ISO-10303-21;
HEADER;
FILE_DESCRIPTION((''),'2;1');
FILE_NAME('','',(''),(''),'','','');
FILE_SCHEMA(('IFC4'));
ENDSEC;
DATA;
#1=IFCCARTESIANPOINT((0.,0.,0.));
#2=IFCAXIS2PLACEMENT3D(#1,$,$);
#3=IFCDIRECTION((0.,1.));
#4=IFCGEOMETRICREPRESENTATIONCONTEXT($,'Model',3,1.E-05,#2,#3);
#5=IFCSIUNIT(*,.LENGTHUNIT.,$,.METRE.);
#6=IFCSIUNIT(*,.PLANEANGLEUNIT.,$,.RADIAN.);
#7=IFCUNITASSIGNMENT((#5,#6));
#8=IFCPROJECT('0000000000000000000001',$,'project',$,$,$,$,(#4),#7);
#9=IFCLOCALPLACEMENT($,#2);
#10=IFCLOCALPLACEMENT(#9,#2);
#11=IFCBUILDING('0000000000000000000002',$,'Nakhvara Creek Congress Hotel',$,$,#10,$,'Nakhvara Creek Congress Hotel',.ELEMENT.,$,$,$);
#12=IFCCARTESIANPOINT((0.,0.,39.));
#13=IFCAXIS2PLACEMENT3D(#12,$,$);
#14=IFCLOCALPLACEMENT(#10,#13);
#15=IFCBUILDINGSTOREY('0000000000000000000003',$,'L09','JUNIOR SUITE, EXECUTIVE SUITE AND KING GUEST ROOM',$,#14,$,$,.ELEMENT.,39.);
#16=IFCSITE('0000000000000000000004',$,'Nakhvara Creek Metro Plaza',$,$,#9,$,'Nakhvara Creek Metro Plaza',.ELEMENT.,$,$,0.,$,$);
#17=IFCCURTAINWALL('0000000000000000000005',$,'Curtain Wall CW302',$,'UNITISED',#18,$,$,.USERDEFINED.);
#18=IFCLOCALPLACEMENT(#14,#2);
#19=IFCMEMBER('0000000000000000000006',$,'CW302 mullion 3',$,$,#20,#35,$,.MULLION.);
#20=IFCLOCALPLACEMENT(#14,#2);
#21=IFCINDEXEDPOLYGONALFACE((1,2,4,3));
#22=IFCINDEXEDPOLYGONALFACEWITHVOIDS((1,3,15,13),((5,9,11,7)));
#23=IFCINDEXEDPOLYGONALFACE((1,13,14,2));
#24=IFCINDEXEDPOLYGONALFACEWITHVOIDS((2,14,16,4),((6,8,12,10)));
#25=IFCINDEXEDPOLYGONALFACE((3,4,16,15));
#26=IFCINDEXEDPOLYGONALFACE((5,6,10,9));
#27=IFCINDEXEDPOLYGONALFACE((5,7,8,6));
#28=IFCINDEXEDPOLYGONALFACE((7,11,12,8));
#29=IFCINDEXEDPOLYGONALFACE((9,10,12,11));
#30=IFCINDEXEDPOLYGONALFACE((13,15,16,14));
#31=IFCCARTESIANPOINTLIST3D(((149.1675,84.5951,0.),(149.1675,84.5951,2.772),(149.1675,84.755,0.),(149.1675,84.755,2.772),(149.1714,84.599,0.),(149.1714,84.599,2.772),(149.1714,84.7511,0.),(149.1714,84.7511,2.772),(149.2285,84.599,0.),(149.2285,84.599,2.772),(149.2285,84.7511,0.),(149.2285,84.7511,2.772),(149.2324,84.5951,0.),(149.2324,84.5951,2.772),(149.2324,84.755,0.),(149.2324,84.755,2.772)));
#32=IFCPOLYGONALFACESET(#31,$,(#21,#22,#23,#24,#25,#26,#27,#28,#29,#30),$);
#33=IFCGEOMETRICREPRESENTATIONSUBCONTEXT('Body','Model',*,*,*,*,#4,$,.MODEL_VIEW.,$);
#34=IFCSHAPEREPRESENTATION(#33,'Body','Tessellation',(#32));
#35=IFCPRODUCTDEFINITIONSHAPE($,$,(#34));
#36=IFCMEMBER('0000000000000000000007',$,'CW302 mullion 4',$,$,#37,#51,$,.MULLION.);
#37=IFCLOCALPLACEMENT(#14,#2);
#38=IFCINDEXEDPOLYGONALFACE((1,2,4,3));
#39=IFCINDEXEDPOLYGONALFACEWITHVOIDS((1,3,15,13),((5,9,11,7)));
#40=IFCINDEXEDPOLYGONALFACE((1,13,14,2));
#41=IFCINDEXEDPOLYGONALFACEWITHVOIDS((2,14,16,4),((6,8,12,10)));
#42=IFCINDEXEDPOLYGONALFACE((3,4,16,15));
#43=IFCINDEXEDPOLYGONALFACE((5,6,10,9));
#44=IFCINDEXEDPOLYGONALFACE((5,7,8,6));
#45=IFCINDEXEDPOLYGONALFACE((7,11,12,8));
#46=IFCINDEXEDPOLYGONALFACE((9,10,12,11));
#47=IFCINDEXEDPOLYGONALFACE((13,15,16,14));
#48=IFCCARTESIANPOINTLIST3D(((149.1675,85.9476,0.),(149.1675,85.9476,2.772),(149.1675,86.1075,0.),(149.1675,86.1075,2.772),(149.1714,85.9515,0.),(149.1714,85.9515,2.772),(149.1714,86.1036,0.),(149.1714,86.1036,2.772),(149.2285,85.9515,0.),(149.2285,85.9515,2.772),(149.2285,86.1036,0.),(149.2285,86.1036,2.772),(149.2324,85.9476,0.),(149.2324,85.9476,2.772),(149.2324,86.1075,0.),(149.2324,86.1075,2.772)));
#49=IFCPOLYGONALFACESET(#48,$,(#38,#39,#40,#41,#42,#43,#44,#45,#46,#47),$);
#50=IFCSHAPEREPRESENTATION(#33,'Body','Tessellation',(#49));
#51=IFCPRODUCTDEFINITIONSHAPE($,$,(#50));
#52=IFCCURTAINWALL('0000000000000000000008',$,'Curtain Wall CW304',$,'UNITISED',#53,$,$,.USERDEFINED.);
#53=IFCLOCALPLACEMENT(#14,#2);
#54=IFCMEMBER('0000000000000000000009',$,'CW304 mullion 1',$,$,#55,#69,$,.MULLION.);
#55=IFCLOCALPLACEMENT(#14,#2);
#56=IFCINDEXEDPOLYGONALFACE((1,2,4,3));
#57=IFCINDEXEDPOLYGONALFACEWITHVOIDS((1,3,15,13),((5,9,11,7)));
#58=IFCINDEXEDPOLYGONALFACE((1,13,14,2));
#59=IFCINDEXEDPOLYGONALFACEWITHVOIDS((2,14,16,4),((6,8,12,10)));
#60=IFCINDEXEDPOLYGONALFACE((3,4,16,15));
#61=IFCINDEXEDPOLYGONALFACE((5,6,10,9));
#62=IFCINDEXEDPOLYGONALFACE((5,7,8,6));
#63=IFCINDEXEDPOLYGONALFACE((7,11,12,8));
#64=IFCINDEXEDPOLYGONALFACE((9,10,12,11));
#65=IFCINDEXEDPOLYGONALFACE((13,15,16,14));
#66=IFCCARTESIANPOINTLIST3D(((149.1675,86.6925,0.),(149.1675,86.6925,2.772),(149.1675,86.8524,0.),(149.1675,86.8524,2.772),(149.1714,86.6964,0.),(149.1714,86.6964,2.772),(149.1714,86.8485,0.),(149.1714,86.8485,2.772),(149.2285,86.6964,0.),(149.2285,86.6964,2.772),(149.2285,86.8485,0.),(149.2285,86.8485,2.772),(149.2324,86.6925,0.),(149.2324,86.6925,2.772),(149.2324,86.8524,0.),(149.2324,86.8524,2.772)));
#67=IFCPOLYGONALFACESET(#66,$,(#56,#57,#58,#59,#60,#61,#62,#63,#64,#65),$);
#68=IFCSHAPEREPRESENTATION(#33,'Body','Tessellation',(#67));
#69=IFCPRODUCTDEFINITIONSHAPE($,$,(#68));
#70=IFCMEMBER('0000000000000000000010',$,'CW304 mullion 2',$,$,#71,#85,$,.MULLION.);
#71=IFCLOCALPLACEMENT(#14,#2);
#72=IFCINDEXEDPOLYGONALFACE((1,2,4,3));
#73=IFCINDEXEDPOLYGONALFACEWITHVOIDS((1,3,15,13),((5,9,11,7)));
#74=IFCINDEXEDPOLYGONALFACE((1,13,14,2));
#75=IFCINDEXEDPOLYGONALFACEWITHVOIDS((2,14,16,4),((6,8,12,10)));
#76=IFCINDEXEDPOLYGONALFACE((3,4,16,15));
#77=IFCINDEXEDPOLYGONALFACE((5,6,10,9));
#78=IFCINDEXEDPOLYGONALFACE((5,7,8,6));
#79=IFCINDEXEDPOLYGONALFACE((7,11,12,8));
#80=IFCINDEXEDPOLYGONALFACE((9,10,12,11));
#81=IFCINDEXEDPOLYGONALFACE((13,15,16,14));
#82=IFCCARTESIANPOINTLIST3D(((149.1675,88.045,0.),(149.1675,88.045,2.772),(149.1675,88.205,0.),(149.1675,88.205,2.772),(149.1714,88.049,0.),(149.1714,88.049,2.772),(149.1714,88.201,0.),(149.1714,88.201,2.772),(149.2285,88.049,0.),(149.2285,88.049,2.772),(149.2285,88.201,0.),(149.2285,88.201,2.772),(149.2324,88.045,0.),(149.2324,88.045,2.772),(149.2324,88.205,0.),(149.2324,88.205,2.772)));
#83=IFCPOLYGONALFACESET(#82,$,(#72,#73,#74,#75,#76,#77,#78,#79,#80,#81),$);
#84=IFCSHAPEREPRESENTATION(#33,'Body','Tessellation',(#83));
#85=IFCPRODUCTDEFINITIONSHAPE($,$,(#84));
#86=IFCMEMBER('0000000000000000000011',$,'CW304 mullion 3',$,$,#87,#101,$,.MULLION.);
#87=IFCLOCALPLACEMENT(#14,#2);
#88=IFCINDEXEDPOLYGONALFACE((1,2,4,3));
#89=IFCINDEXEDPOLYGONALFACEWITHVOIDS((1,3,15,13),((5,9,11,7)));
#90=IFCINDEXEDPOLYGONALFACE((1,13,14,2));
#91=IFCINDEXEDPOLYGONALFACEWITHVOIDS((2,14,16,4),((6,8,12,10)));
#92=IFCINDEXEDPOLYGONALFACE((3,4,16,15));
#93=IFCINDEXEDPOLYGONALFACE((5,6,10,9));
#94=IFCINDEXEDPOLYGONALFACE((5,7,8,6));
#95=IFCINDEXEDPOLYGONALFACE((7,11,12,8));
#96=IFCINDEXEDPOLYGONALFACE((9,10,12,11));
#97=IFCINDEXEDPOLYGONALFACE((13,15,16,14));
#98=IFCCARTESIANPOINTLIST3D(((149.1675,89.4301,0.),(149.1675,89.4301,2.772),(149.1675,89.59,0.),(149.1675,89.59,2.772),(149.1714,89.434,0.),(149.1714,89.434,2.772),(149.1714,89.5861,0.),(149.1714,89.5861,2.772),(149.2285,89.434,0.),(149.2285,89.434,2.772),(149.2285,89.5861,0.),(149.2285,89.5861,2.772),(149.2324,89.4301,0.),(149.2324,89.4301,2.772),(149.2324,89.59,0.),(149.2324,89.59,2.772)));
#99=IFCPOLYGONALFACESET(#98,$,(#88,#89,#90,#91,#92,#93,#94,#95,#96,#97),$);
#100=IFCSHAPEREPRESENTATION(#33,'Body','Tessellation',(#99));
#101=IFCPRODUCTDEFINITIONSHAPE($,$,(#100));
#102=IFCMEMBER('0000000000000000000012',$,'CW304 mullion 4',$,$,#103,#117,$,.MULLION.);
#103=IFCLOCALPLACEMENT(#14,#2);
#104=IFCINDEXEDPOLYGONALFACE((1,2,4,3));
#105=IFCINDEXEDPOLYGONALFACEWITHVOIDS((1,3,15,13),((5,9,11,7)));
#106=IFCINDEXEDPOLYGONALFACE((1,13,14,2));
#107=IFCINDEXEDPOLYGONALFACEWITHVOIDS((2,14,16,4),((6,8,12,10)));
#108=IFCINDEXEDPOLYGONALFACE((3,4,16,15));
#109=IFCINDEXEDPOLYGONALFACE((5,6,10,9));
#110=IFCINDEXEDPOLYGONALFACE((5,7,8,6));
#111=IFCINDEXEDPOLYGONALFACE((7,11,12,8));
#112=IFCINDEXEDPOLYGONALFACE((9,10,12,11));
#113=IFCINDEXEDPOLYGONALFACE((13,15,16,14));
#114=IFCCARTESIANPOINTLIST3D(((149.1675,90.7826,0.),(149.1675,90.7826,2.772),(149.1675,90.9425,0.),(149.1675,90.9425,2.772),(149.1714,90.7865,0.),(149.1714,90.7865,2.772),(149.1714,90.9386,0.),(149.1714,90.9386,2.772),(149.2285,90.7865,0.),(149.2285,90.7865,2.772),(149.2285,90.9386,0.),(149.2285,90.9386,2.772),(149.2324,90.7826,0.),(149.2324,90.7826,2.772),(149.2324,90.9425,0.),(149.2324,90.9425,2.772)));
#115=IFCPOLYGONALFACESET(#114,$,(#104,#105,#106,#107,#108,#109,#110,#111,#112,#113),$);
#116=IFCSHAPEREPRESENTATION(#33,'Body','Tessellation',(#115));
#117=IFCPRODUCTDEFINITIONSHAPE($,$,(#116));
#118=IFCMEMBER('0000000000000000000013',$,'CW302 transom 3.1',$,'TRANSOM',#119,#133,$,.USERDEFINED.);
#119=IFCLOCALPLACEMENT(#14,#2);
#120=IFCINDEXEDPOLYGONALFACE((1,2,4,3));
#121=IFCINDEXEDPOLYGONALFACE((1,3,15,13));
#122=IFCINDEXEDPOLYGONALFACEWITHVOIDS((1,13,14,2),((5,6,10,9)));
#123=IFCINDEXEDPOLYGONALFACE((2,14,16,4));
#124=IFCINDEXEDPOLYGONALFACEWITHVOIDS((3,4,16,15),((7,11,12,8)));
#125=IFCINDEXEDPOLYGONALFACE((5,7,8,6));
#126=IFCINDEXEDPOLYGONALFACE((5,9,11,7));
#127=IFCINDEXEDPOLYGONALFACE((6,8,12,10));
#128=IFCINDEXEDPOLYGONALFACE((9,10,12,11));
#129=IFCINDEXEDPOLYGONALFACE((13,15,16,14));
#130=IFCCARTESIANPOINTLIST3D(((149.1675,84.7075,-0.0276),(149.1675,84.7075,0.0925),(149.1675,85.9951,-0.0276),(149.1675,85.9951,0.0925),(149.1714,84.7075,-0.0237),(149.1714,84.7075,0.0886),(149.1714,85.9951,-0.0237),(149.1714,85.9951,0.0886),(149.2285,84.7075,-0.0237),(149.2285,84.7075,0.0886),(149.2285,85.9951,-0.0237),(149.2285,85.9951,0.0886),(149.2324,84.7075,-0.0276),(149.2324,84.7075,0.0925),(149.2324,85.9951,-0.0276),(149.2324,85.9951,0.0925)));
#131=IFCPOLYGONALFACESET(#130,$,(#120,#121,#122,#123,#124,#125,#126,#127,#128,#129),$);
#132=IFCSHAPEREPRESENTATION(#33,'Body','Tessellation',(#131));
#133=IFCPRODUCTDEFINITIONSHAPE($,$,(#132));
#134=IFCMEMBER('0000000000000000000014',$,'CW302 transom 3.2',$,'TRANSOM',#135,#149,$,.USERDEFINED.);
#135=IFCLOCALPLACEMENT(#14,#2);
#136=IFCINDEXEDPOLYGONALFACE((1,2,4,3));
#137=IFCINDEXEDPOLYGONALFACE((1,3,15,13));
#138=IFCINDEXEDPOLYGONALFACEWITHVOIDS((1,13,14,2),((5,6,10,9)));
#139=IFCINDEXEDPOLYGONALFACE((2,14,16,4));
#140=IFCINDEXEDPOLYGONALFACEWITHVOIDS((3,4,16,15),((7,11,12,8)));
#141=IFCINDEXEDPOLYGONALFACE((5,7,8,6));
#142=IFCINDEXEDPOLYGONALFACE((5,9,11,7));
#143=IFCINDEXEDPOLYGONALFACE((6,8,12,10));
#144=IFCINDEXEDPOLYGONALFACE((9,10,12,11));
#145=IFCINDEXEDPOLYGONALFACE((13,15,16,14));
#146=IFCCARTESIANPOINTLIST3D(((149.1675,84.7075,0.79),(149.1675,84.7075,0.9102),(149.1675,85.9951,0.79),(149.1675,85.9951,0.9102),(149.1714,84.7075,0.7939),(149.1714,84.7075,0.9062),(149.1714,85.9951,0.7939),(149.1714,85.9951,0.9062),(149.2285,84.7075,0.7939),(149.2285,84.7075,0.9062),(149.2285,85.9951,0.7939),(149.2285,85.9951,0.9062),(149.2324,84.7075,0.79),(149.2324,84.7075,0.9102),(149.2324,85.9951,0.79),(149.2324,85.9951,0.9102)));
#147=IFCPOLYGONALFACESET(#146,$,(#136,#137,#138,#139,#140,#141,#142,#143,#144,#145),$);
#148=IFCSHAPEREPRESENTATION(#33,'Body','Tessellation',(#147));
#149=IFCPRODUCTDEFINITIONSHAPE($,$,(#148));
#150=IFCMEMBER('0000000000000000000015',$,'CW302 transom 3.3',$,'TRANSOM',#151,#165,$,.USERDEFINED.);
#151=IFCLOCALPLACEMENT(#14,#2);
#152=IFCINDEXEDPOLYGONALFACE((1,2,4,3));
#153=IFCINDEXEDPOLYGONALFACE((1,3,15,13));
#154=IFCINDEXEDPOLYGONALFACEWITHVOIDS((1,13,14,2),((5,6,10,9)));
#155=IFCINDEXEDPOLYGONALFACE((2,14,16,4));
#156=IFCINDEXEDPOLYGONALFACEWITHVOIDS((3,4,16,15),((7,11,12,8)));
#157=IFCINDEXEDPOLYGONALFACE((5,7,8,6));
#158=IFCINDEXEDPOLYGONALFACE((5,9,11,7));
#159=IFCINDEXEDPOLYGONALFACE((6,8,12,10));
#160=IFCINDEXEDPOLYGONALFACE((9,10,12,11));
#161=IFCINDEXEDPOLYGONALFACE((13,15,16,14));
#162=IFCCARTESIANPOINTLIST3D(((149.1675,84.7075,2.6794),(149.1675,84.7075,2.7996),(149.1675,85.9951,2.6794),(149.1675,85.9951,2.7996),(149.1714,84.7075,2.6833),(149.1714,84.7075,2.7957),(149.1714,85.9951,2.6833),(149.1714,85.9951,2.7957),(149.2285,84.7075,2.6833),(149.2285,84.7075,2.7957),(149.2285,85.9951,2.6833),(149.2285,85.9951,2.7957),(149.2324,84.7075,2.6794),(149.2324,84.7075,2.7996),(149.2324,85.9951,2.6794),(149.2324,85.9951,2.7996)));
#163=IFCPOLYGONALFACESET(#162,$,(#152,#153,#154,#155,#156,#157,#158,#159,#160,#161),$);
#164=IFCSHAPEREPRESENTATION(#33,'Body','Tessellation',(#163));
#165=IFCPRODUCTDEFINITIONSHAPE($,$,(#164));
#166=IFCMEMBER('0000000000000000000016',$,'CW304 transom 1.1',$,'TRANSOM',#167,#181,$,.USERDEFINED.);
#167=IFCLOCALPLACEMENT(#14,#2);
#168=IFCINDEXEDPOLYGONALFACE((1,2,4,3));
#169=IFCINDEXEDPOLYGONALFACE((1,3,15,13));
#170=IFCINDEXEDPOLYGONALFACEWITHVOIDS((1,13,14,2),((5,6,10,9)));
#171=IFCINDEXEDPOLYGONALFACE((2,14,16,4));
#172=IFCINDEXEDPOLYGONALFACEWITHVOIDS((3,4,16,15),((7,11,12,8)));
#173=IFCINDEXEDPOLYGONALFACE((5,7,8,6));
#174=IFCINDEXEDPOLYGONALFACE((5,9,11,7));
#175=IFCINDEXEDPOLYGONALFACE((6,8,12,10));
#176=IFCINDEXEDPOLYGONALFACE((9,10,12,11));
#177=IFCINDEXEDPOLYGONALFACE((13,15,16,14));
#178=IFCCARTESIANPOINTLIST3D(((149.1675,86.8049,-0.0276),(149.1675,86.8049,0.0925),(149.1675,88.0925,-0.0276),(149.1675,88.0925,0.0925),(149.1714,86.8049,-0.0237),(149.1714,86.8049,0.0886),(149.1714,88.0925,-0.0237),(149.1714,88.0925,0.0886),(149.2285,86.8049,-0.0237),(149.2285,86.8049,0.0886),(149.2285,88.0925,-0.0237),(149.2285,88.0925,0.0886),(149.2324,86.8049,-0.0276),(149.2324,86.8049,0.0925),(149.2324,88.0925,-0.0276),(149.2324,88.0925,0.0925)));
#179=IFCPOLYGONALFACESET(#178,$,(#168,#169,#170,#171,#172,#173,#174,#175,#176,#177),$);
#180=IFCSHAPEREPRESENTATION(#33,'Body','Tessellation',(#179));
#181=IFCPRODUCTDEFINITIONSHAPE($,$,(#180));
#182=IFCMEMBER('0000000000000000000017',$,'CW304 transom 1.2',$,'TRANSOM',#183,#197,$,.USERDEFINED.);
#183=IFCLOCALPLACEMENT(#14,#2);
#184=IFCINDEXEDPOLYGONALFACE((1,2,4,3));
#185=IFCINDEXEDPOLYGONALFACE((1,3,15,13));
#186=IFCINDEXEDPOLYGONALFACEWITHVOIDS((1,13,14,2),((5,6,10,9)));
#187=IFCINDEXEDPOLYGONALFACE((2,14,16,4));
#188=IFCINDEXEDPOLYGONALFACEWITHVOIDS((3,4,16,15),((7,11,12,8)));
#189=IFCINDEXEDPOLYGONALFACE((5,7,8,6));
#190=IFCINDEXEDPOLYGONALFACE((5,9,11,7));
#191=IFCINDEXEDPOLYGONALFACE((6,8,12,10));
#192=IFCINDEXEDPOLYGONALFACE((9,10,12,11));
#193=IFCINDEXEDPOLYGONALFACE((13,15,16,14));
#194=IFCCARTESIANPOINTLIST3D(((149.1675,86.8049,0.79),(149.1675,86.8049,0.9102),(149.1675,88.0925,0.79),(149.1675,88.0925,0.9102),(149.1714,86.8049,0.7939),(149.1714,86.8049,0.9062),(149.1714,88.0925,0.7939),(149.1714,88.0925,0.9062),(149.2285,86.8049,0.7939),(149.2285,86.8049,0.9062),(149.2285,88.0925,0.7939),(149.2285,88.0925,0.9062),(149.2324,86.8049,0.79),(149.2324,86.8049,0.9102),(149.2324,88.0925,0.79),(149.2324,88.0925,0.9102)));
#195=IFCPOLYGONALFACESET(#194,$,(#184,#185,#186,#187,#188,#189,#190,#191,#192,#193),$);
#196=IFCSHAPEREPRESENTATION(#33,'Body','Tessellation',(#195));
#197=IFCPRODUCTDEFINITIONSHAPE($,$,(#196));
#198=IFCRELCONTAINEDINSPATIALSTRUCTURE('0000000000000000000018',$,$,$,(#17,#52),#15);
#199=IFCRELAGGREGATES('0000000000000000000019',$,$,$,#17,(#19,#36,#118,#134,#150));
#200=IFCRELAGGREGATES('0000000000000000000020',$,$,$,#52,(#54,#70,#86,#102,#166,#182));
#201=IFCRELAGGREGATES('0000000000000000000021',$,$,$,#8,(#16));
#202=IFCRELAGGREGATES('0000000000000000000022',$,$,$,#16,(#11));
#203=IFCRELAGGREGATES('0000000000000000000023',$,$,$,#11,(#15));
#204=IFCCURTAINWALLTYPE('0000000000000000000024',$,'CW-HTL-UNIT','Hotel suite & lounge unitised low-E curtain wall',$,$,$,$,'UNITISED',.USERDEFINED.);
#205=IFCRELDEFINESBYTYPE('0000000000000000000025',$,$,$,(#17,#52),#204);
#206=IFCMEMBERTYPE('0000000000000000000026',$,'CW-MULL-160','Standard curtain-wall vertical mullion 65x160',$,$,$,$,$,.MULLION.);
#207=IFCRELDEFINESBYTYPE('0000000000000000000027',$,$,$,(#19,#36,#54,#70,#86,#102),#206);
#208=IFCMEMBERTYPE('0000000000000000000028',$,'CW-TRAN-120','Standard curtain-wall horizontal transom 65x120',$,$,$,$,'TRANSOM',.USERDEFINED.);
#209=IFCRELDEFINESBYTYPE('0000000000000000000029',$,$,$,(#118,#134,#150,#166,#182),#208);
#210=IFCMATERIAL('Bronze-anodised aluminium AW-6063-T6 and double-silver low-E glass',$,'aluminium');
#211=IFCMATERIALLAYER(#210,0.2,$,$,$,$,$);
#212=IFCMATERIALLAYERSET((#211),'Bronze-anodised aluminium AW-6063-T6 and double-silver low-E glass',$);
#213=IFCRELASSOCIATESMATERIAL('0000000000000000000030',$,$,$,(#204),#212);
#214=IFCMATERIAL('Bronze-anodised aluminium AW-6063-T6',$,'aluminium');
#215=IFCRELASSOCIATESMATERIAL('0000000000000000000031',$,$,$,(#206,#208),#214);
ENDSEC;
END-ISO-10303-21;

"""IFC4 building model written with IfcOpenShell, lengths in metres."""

from ifc_helpers import new_model, si_unit, direction, frame, origin, origin_2d, place, context, subcontext, project, spatial, hollow_rectangle, extrude, material, layer, layer_set, material_profile, profile_set, type_object, element, aggregate, save


model = new_model("IFC4")

# Units and contexts
model_context = context("Model", 3, precision=1e-05, world=origin(), true_north=direction((0.0, 1.0)))
body_context = subcontext(model_context, "Body", "Model", "MODEL_VIEW")
ifc_project = project(units=[si_unit("LENGTHUNIT", "METRE"), si_unit("PLANEANGLEUNIT", "RADIAN")], contexts=[model_context])

# Site, building, storey
site_placement = place(None, origin())
site = spatial("IfcSite", under=ifc_project, at=site_placement, Name="Nakhvara Creek Metro Plaza", LongName="Nakhvara Creek Metro Plaza", CompositionType="ELEMENT", RefElevation=0.0)
building_placement = place(site_placement, origin())
building = spatial("IfcBuilding", under=site, at=building_placement, Name="Nakhvara Creek Congress Hotel", LongName="Nakhvara Creek Congress Hotel", CompositionType="ELEMENT")
storey_placement = place(building_placement, frame((0.0, 0.0, 39.0)))
storey = spatial("IfcBuildingStorey", under=building, at=storey_placement, Name="L09", Description="JUNIOR SUITE, EXECUTIVE SUITE AND KING GUEST ROOM", CompositionType="ELEMENT", Elevation=39.0)

# Curtain walls, members
ifc_material_1 = material(Name="Bronze-anodised aluminium AW-6063-T6 and double-silver low-E glass", Category="aluminium")
ifc_layer = layer(ifc_material_1, 0.2)
ifc_layer_set = layer_set([ifc_layer], Name="Bronze-anodised aluminium AW-6063-T6 and double-silver low-E glass")
curtain_wall_type = type_object("IfcCurtainWallType", Name="CW-HTL-UNIT", Description="Hotel suite & lounge unitised low-E curtain wall", ElementType="UNITISED", PredefinedType="USERDEFINED", material=ifc_layer_set)
curtain_wall_1_placement = place(storey_placement, origin())
curtain_wall_1 = element("IfcCurtainWall", 1, at=curtain_wall_1_placement, inside=storey, type_object=curtain_wall_type, Name="Curtain Wall CW302", ObjectType="UNITISED", PredefinedType="USERDEFINED")
ifc_material_2 = material(Name="Bronze-anodised aluminium AW-6063-T6", Category="aluminium")
ifc_material_profile_1 = material_profile(ifc_material_2, hollow_rectangle(XDim=0.0649, YDim=0.1599, WallThickness=0.0039, at=origin_2d()), Name="ALU-MULL 65x160x4", Category="LoadBearing")
ifc_profile_set_1 = profile_set([ifc_material_profile_1], Name="Bronze-anodised aluminium AW-6063-T6")
member_type_1 = type_object("IfcMemberType", Name="CW-MULL-160", Description="Standard curtain-wall vertical mullion 65x160", PredefinedType="MULLION", material=ifc_profile_set_1)
member_1_placement = place(storey_placement, frame((149.2, 84.675, 0.0), z_axis=(0.0, 0.0, 1.0), x_axis=(-1.0, 0.0, 0.0)))
member_1 = element("IfcMember", 2, at=member_1_placement, type_object=member_type_1, Name="CW302 mullion 3", PredefinedType="MULLION", context=body_context, shape_type="SweptSolid", body=[
    extrude(hollow_rectangle(XDim=0.0649, YDim=0.1599, WallThickness=0.0039, at=origin_2d()), origin(), (0.0, 0.0, 1.0), 2.772),
])
member_2_placement = place(storey_placement, frame((149.2, 86.0276, 0.0), z_axis=(0.0, 0.0, 1.0), x_axis=(-1.0, 0.0, 0.0)))
member_2 = element("IfcMember", 3, at=member_2_placement, type_object=member_type_1, Name="CW302 mullion 4", PredefinedType="MULLION", context=body_context, shape_type="SweptSolid", body=[
    extrude(hollow_rectangle(XDim=0.0649, YDim=0.1599, WallThickness=0.0039, at=origin_2d()), origin(), (0.0, 0.0, 1.0), 2.772),
])
curtain_wall_2_placement = place(storey_placement, origin())
curtain_wall_2 = element("IfcCurtainWall", 4, at=curtain_wall_2_placement, inside=storey, type_object=curtain_wall_type, Name="Curtain Wall CW304", ObjectType="UNITISED", PredefinedType="USERDEFINED")
member_3_placement = place(storey_placement, frame((149.2, 86.7725, 0.0), z_axis=(0.0, 0.0, 1.0), x_axis=(-1.0, 0.0, 0.0)))
member_3 = element("IfcMember", 5, at=member_3_placement, type_object=member_type_1, Name="CW304 mullion 1", PredefinedType="MULLION", context=body_context, shape_type="SweptSolid", body=[
    extrude(hollow_rectangle(XDim=0.0649, YDim=0.1599, WallThickness=0.0039, at=origin_2d()), origin(), (0.0, 0.0, 1.0), 2.772),
])
member_4_placement = place(storey_placement, frame((149.2, 88.125, 0.0), z_axis=(0.0, 0.0, 1.0), x_axis=(-1.0, 0.0, 0.0)))
member_4 = element("IfcMember", 6, at=member_4_placement, type_object=member_type_1, Name="CW304 mullion 2", PredefinedType="MULLION", context=body_context, shape_type="SweptSolid", body=[
    extrude(hollow_rectangle(XDim=0.0649, YDim=0.1599, WallThickness=0.0039, at=origin_2d()), origin(), (0.0, 0.0, 1.0), 2.772),
])
member_5_placement = place(storey_placement, frame((149.2, 89.51, 0.0), z_axis=(0.0, 0.0, 1.0), x_axis=(-1.0, 0.0, 0.0)))
member_5 = element("IfcMember", 7, at=member_5_placement, type_object=member_type_1, Name="CW304 mullion 3", PredefinedType="MULLION", context=body_context, shape_type="SweptSolid", body=[
    extrude(hollow_rectangle(XDim=0.0649, YDim=0.1599, WallThickness=0.0039, at=origin_2d()), origin(), (0.0, 0.0, 1.0), 2.772),
])
member_6_placement = place(storey_placement, frame((149.2, 90.8625, 0.0), z_axis=(0.0, 0.0, 1.0), x_axis=(-1.0, 0.0, 0.0)))
member_6 = element("IfcMember", 8, at=member_6_placement, type_object=member_type_1, Name="CW304 mullion 4", PredefinedType="MULLION", context=body_context, shape_type="SweptSolid", body=[
    extrude(hollow_rectangle(XDim=0.0649, YDim=0.1599, WallThickness=0.0039, at=origin_2d()), origin(), (0.0, 0.0, 1.0), 2.772),
])

# Members
ifc_material_profile_2 = material_profile(ifc_material_2, hollow_rectangle(XDim=0.0649, YDim=0.1201, WallThickness=0.0039, at=origin_2d()), Name="ALU-TRAN 65x120x4", Category="LoadBearing")
ifc_profile_set_2 = profile_set([ifc_material_profile_2], Name="Bronze-anodised aluminium AW-6063-T6")
member_type_2 = type_object("IfcMemberType", Name="CW-TRAN-120", Description="Standard curtain-wall horizontal transom 65x120", ElementType="TRANSOM", PredefinedType="USERDEFINED", material=ifc_profile_set_2)
member_7_placement = place(storey_placement, frame((149.2, 84.7075, 0.0325), z_axis=(0.0, 1.0, 0.0), x_axis=(-1.0, 0.0, 0.0)))
member_7 = element("IfcMember", 9, at=member_7_placement, type_object=member_type_2, Name="CW302 transom 3.1", ObjectType="TRANSOM", PredefinedType="USERDEFINED", context=body_context, shape_type="SweptSolid", body=[
    extrude(hollow_rectangle(XDim=0.0649, YDim=0.1201, WallThickness=0.0039, at=origin_2d()), origin(), (0.0, 0.0, 1.0), 1.2876),
])
member_8_placement = place(storey_placement, frame((149.2, 84.7075, 0.8501), z_axis=(0.0, 1.0, 0.0), x_axis=(-1.0, 0.0, 0.0)))
member_8 = element("IfcMember", 10, at=member_8_placement, type_object=member_type_2, Name="CW302 transom 3.2", ObjectType="TRANSOM", PredefinedType="USERDEFINED", context=body_context, shape_type="SweptSolid", body=[
    extrude(hollow_rectangle(XDim=0.0649, YDim=0.1201, WallThickness=0.0039, at=origin_2d()), origin(), (0.0, 0.0, 1.0), 1.2876),
])
member_9_placement = place(storey_placement, frame((149.2, 84.7075, 2.7395), z_axis=(0.0, 1.0, 0.0), x_axis=(-1.0, 0.0, 0.0)))
member_9 = element("IfcMember", 11, at=member_9_placement, type_object=member_type_2, Name="CW302 transom 3.3", ObjectType="TRANSOM", PredefinedType="USERDEFINED", context=body_context, shape_type="SweptSolid", body=[
    extrude(hollow_rectangle(XDim=0.0649, YDim=0.1201, WallThickness=0.0039, at=origin_2d()), origin(), (0.0, 0.0, 1.0), 1.2876),
])
member_10_placement = place(storey_placement, frame((149.2, 86.8049, 0.0325), z_axis=(0.0, 1.0, 0.0), x_axis=(-1.0, 0.0, 0.0)))
member_10 = element("IfcMember", 12, at=member_10_placement, type_object=member_type_2, Name="CW304 transom 1.1", ObjectType="TRANSOM", PredefinedType="USERDEFINED", context=body_context, shape_type="SweptSolid", body=[
    extrude(hollow_rectangle(XDim=0.0649, YDim=0.1201, WallThickness=0.0039, at=origin_2d()), origin(), (0.0, 0.0, 1.0), 1.2876),
])
member_11_placement = place(storey_placement, frame((149.2, 86.8049, 0.8501), z_axis=(0.0, 1.0, 0.0), x_axis=(-1.0, 0.0, 0.0)))
member_11 = element("IfcMember", 13, at=member_11_placement, type_object=member_type_2, Name="CW304 transom 1.2", ObjectType="TRANSOM", PredefinedType="USERDEFINED", context=body_context, shape_type="SweptSolid", body=[
    extrude(hollow_rectangle(XDim=0.0649, YDim=0.1201, WallThickness=0.0039, at=origin_2d()), origin(), (0.0, 0.0, 1.0), 1.2876),
])

aggregate(curtain_wall_1, [member_1, member_2, member_7, member_8, member_9])
aggregate(curtain_wall_2, [member_3, member_4, member_5, member_6, member_10, member_11])

save(model, "model.ifc")
